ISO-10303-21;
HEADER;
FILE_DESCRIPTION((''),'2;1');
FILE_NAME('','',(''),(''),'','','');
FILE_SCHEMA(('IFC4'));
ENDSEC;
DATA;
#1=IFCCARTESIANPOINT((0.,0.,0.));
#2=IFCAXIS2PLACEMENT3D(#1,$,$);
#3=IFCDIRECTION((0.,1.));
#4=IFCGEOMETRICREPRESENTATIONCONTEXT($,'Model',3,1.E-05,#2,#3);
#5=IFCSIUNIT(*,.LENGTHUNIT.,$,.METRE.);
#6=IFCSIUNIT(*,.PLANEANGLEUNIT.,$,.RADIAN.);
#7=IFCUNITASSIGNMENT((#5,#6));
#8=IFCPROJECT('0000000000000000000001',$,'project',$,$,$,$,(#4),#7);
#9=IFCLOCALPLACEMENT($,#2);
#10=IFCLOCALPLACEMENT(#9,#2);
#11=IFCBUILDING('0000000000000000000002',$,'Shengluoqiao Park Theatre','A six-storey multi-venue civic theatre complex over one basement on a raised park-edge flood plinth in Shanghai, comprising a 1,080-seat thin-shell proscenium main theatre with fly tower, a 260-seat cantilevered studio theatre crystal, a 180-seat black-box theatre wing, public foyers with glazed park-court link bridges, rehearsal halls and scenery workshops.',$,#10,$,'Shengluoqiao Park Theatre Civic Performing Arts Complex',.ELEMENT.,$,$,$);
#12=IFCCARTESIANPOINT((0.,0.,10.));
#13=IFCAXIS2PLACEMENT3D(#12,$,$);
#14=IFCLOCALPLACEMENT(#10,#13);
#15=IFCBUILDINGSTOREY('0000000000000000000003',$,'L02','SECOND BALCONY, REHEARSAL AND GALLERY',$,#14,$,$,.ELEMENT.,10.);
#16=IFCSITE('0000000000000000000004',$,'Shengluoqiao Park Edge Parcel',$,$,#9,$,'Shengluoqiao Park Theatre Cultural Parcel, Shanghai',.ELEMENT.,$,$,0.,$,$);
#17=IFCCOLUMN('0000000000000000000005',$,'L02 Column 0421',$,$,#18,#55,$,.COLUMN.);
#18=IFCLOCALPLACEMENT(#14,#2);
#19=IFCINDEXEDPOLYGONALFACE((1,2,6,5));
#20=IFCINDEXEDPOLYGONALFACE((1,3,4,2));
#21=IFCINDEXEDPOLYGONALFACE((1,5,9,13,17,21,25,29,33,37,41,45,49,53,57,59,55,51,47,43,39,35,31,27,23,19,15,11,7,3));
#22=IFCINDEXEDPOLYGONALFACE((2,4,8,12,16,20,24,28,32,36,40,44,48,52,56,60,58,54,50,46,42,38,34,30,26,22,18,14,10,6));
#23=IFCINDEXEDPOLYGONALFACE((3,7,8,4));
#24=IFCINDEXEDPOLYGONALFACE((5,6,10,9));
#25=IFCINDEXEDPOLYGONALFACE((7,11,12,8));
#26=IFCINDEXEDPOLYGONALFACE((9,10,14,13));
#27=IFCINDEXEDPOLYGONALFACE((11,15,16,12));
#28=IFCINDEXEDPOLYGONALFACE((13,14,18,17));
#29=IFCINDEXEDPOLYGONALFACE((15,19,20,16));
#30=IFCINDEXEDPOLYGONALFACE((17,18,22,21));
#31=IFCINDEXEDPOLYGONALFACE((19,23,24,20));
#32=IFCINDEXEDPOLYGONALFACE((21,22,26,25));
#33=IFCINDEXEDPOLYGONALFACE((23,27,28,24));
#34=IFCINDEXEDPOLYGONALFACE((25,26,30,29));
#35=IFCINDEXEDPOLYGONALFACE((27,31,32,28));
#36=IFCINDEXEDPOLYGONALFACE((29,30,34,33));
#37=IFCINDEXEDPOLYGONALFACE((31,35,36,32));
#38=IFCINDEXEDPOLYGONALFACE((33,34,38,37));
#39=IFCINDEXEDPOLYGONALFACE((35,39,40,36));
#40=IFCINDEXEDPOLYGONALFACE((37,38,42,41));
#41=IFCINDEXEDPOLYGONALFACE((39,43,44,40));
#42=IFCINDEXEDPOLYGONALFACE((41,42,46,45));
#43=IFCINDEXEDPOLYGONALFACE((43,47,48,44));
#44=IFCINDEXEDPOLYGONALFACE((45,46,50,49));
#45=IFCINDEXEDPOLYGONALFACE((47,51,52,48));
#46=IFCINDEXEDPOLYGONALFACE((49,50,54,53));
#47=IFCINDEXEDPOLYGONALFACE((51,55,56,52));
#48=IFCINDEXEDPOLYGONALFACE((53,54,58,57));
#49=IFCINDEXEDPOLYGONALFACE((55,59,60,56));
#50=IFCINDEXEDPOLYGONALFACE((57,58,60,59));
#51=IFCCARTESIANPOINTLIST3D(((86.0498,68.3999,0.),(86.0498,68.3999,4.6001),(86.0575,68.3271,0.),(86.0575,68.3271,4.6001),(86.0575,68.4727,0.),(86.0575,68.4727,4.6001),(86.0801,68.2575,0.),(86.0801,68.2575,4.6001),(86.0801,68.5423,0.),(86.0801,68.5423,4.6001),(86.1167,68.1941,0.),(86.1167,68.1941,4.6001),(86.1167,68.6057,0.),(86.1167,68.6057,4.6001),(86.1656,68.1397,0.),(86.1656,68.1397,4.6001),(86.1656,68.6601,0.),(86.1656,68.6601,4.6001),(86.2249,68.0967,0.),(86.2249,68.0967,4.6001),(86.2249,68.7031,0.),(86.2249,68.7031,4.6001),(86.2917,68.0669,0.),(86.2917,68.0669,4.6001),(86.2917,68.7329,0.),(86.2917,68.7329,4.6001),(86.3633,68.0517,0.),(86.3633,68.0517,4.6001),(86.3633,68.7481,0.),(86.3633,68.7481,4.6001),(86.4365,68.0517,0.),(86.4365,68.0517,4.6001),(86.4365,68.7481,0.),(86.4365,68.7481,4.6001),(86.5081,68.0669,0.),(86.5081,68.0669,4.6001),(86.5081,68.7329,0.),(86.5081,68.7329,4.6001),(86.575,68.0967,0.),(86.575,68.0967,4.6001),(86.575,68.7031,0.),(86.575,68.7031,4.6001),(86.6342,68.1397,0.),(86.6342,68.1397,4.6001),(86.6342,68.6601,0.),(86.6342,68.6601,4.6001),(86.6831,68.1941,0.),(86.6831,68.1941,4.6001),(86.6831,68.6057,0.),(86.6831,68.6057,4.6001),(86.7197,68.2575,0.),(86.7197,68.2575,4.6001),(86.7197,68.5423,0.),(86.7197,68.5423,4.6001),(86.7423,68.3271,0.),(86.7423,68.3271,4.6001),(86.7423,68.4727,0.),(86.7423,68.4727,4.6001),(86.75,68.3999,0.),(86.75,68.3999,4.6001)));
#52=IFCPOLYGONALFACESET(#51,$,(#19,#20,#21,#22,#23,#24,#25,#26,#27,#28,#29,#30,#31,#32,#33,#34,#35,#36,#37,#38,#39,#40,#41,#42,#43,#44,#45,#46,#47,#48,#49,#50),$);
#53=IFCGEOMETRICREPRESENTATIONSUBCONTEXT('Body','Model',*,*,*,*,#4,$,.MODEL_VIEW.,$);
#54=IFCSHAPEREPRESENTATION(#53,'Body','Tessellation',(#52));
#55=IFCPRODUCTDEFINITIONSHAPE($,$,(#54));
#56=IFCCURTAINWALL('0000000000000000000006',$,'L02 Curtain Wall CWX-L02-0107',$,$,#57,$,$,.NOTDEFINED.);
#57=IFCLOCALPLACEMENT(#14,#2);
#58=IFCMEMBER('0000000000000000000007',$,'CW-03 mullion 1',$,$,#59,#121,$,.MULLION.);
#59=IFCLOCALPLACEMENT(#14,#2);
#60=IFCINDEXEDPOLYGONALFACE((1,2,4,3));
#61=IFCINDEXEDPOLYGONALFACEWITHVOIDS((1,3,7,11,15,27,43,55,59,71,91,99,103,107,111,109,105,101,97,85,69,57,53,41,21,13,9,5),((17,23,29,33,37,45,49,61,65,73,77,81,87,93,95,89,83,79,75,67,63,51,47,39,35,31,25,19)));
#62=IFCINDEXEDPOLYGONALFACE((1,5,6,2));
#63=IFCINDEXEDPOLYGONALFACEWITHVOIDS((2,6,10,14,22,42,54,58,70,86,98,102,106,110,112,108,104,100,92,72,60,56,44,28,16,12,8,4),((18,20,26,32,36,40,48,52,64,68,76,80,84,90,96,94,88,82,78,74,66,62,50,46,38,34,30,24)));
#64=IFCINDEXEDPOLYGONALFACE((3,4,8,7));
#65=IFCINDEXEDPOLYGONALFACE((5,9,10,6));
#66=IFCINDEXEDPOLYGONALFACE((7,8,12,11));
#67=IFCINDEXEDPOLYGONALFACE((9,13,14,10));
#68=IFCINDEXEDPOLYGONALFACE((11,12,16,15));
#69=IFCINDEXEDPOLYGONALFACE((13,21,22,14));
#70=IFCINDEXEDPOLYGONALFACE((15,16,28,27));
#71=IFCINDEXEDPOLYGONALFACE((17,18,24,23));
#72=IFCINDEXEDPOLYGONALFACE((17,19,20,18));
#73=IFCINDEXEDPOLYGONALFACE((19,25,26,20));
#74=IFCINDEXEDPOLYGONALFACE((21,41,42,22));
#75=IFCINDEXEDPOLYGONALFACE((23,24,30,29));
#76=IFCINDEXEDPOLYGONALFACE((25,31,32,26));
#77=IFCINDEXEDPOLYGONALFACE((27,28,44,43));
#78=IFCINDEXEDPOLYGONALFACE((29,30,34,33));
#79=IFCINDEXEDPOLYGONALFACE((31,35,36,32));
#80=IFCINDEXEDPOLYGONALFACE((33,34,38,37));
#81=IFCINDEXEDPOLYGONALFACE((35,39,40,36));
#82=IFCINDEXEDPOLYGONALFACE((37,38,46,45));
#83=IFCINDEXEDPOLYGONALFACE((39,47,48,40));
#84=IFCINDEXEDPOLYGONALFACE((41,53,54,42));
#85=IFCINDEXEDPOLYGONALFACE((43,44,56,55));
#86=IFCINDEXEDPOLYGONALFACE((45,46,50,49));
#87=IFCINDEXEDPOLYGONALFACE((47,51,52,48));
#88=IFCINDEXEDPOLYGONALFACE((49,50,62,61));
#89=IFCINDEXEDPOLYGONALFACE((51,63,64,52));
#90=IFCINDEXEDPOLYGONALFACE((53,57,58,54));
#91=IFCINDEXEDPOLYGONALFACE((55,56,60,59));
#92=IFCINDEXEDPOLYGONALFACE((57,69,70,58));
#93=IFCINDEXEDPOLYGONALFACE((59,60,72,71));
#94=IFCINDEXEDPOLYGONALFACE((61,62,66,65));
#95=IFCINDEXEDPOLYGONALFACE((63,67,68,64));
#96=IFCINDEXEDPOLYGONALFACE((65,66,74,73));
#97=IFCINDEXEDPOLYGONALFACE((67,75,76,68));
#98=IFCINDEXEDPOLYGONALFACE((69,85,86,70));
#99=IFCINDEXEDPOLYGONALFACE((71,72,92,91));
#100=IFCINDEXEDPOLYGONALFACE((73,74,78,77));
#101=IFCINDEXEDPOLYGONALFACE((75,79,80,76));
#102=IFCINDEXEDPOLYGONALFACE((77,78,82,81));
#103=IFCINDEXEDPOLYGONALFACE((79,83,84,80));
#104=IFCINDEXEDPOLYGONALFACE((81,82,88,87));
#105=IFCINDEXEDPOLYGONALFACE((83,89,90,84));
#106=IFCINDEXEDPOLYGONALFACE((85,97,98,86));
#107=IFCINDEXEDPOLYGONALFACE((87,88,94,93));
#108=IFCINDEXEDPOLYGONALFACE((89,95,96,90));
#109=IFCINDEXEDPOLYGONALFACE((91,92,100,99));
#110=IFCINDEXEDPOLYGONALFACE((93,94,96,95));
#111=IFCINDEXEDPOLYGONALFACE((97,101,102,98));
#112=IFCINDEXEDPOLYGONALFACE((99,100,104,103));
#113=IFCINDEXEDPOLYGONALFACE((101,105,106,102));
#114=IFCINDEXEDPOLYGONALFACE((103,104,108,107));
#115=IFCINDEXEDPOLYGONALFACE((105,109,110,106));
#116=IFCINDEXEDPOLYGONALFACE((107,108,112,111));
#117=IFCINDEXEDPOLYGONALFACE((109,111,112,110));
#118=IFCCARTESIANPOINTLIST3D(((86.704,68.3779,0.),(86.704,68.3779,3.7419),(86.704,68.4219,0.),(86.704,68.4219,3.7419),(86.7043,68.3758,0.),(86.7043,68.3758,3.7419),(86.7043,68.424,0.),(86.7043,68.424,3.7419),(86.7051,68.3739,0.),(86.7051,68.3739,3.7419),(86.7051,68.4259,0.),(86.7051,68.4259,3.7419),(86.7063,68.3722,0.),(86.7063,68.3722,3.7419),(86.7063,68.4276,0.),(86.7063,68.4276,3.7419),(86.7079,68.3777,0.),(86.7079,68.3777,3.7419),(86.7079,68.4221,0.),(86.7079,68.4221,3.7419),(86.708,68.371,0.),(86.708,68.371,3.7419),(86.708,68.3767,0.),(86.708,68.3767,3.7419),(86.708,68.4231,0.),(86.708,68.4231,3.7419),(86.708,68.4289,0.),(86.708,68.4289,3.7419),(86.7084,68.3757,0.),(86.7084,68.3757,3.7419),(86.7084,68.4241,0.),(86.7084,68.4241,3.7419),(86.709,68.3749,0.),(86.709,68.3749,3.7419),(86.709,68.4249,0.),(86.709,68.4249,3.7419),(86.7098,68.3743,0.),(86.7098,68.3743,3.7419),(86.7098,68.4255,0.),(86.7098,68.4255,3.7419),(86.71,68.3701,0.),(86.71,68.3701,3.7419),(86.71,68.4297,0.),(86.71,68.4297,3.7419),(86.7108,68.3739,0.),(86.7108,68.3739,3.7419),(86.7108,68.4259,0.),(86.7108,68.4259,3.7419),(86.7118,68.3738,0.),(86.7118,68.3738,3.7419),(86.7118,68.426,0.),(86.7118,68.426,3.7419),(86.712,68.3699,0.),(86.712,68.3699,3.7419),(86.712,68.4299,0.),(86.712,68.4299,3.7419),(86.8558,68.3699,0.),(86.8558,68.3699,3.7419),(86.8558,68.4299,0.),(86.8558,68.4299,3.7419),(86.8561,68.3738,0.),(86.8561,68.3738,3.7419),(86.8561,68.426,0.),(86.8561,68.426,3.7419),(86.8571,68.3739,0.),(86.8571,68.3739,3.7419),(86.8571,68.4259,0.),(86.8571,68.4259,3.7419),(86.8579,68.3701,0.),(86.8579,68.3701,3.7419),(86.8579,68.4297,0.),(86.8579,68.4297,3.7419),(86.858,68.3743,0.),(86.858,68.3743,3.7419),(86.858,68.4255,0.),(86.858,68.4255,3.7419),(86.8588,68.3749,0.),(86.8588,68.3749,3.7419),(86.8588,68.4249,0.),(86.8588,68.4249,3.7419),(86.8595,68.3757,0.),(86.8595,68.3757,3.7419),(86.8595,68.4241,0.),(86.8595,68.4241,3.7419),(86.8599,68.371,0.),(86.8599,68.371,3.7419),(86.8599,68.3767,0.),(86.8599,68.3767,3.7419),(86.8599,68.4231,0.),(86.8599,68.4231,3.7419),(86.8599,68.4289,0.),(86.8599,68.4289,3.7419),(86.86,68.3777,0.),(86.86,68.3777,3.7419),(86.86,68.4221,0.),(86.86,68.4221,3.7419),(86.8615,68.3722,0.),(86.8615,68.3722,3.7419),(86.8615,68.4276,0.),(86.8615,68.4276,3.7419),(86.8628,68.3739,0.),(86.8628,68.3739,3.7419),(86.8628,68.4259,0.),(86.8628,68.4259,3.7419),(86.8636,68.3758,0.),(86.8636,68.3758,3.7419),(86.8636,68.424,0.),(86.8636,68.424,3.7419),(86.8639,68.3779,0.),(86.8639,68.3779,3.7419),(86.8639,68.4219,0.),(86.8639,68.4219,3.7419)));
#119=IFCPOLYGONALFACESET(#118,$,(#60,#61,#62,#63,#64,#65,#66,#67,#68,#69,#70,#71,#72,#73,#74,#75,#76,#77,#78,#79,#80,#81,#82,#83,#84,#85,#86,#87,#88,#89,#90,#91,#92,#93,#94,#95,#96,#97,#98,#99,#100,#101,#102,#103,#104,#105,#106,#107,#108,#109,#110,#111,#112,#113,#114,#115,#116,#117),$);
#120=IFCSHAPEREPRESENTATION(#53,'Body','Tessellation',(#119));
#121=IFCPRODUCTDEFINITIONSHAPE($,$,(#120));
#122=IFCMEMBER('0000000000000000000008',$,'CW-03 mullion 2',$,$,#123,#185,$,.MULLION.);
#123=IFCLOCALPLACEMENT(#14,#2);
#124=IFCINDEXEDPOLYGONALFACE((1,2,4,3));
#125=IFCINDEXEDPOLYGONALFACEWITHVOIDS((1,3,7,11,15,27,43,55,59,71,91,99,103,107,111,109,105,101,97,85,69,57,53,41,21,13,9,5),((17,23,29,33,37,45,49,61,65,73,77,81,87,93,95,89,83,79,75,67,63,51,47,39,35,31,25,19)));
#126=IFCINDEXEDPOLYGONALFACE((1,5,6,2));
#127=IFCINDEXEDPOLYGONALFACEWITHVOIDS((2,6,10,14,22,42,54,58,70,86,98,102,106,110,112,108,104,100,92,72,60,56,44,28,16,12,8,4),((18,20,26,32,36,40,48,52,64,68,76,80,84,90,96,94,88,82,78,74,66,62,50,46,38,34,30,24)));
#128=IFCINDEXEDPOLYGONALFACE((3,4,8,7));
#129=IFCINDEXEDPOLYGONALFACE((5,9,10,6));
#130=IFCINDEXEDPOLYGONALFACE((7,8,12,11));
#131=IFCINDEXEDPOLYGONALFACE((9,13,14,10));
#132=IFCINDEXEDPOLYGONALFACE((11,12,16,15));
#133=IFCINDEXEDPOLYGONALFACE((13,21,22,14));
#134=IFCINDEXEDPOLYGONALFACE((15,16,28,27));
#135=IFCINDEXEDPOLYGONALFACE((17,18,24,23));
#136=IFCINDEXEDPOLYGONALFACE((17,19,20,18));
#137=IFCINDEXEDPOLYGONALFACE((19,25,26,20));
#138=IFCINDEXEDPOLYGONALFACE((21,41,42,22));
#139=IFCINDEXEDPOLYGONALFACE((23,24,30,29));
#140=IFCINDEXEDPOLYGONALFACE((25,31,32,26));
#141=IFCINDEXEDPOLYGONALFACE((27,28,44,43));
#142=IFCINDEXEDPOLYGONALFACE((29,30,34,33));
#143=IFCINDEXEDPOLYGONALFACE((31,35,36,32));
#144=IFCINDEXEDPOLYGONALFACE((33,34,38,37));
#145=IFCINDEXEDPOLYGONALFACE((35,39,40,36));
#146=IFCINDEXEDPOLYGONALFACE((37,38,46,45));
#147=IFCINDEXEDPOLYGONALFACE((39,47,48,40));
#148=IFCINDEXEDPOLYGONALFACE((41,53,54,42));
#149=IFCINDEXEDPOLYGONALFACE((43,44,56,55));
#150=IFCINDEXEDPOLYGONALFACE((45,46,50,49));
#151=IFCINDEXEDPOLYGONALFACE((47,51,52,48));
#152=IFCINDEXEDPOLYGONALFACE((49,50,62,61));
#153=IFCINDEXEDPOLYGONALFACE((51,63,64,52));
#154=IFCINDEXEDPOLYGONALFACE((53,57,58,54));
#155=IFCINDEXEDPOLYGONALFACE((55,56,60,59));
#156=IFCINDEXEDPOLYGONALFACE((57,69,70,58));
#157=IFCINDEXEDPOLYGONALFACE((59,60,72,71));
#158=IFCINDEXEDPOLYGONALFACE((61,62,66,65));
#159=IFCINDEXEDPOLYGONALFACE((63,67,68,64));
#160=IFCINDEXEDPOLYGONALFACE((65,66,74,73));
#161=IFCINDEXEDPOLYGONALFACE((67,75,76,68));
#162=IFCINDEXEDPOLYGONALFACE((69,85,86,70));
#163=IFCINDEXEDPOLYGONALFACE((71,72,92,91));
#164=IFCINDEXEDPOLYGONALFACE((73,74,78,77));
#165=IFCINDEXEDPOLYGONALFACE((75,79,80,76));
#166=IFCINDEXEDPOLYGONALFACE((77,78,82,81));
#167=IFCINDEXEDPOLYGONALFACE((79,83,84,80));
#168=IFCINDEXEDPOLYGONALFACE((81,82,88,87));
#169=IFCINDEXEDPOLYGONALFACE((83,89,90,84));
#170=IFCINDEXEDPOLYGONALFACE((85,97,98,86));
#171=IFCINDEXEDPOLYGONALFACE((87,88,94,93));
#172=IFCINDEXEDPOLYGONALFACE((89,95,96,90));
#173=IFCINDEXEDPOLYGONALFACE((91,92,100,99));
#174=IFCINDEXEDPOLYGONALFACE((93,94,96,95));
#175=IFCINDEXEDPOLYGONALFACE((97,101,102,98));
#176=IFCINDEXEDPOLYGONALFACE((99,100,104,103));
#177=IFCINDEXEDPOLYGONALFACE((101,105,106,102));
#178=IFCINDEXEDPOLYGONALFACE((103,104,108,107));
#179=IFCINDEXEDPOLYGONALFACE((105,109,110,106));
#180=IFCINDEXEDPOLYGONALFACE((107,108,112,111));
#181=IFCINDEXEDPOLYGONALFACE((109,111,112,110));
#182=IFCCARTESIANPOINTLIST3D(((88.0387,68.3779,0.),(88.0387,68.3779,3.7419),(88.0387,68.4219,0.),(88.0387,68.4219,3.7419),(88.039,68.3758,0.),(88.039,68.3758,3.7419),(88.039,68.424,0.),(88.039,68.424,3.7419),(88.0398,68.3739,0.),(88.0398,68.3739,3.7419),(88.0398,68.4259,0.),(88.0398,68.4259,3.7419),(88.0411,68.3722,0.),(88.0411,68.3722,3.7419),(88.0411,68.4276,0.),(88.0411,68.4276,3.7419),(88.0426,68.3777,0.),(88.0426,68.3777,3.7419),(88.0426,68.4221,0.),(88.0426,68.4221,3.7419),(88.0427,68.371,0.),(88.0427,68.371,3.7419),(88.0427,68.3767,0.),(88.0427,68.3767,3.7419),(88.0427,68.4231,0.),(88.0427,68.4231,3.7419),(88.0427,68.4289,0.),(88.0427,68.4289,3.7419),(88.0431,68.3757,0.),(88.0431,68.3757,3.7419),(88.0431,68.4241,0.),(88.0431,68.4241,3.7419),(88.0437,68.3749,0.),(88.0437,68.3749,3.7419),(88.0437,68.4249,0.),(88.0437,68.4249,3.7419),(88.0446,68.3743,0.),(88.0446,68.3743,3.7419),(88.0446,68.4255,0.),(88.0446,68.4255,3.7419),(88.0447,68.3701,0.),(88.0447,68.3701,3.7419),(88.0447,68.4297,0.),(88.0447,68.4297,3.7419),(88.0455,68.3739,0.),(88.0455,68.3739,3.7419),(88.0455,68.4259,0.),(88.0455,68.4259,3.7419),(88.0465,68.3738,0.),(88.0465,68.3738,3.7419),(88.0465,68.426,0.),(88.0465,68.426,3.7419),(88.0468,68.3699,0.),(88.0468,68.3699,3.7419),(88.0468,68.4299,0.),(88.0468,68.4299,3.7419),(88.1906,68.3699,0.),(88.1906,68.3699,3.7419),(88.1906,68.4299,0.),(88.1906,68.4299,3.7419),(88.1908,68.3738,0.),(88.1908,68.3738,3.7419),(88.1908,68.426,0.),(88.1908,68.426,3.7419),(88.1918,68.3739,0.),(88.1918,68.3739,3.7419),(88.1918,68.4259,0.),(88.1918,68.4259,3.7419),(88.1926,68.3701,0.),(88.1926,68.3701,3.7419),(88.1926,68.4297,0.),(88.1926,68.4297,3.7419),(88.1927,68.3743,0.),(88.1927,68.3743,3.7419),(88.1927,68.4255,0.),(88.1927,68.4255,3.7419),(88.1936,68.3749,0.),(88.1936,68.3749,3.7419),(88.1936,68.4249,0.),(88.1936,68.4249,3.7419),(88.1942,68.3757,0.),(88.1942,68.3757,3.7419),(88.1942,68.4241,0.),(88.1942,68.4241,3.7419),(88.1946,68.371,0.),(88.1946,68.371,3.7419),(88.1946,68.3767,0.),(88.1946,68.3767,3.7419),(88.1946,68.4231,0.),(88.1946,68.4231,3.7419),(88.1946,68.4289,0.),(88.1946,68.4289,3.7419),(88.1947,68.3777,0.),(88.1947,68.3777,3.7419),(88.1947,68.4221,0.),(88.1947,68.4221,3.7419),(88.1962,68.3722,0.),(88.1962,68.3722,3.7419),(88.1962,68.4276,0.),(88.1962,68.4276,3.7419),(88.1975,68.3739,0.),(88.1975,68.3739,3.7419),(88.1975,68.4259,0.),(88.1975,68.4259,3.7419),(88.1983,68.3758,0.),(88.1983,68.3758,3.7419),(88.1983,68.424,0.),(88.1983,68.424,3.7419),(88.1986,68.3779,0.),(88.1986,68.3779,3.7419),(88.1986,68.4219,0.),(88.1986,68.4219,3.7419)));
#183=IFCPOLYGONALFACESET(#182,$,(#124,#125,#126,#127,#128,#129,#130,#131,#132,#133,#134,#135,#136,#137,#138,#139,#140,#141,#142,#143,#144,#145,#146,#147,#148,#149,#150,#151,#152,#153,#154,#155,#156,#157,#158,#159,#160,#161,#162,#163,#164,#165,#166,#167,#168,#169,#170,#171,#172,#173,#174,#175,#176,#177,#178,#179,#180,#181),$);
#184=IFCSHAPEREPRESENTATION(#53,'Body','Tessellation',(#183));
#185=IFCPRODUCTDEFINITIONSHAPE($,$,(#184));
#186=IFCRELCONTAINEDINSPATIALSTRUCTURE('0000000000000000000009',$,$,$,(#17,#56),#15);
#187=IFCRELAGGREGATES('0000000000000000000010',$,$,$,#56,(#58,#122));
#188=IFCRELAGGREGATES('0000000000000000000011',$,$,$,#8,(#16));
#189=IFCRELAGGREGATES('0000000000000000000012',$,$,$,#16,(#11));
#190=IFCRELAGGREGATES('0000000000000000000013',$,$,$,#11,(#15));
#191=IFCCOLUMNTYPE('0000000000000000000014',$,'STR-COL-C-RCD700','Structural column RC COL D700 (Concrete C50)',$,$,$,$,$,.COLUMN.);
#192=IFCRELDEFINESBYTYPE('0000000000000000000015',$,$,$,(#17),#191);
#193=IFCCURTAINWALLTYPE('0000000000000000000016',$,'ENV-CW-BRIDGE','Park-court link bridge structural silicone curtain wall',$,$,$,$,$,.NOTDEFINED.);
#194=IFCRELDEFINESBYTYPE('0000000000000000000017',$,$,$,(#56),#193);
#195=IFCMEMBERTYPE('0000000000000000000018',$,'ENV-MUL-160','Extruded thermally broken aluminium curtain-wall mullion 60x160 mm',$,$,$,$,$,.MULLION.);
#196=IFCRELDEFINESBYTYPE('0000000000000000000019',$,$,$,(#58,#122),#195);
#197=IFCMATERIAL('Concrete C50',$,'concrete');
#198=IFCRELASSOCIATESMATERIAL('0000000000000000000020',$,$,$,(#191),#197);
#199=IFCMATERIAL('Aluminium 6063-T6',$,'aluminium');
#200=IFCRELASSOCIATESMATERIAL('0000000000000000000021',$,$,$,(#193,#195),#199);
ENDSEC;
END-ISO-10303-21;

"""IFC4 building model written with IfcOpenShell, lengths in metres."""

from ifc_helpers import new_model, si_unit, direction, frame, origin, origin_2d, place, context, subcontext, project, spatial, hollow_rectangle, circle, extrude, material, material_profile, profile_set, type_object, element, aggregate, save


model = new_model("IFC4")

# Units and contexts
model_context = context("Model", 3, precision=1e-05, world=origin(), true_north=direction((0.0, 1.0)))
body_context = subcontext(model_context, "Body", "Model", "MODEL_VIEW")
ifc_project = project(units=[si_unit("LENGTHUNIT", "METRE"), si_unit("PLANEANGLEUNIT", "RADIAN")], contexts=[model_context])

# Site, building, storey
site_placement = place(None, origin())
site = spatial("IfcSite", under=ifc_project, at=site_placement, Name="Shengluoqiao Park Edge Parcel", LongName="Shengluoqiao Park Theatre Cultural Parcel, Shanghai", CompositionType="ELEMENT", RefElevation=0.0)
building_placement = place(site_placement, origin())
building = spatial("IfcBuilding", under=site, at=building_placement, Name="Shengluoqiao Park Theatre", Description="A six-storey multi-venue civic theatre complex over one basement on a raised park-edge flood plinth in Shanghai, comprising a 1,080-seat thin-shell proscenium main theatre with fly tower, a 260-seat cantilevered studio theatre crystal, a 180-seat black-box theatre wing, public foyers with glazed park-court link bridges, rehearsal halls and scenery workshops.", LongName="Shengluoqiao Park Theatre Civic Performing Arts Complex", CompositionType="ELEMENT")
storey_placement = place(building_placement, frame((0.0, 0.0, 10.0)))
storey = spatial("IfcBuildingStorey", under=building, at=storey_placement, Name="L02", Description="SECOND BALCONY, REHEARSAL AND GALLERY", CompositionType="ELEMENT", Elevation=10.0)

# Column
ifc_material_1 = material(Name="Concrete C50", Category="concrete")
ifc_material_profile_1 = material_profile(ifc_material_1, circle(Radius=0.3501, at=origin_2d()), Name="RC COL D700")
ifc_profile_set_1 = profile_set([ifc_material_profile_1], Name="Concrete C50")
column_type = type_object("IfcColumnType", Name="STR-COL-C-RCD700", Description="Structural column RC COL D700 (Concrete C50)", PredefinedType="COLUMN", material=ifc_profile_set_1)
column_placement = place(storey_placement, frame((86.3999, 68.3999, 0.0), z_axis=(0.0, 0.0, 1.0), x_axis=(1.0, 0.0, 0.0)))
element("IfcColumn", 1, at=column_placement, inside=storey, type_object=column_type, Name="L02 Column 0421", PredefinedType="COLUMN", context=body_context, shape_type="SweptSolid", body=[
    extrude(circle(Radius=0.3501, at=origin_2d()), origin(), (0.0, 0.0, 1.0), 4.6001),
])

# Curtain wall, members
ifc_material_2 = material(Name="Aluminium 6063-T6", Category="aluminium")
curtain_wall_type_1 = type_object("IfcCurtainWallType", Name="ENV-CW-BRIDGE", Description="Park-court link bridge structural silicone curtain wall", PredefinedType="NOTDEFINED", material=ifc_material_2)
curtain_wall_1_placement = place(storey_placement, origin())
curtain_wall_1 = element("IfcCurtainWall", 2, at=curtain_wall_1_placement, inside=storey, type_object=curtain_wall_type_1, Name="L02 Curtain Wall CWX-L02-0107", PredefinedType="NOTDEFINED")
ifc_material_profile_2 = material_profile(ifc_material_2, hollow_rectangle(XDim=0.0601, YDim=0.1599, WallThickness=0.0039, InnerFilletRadius=0.0039, OuterFilletRadius=0.0081, at=origin_2d()), Name="ALU MULLION 160x60x4")
ifc_profile_set_2 = profile_set([ifc_material_profile_2], Name="Aluminium 6063-T6")
member_type_1 = type_object("IfcMemberType", Name="ENV-MUL-160", Description="Extruded thermally broken aluminium curtain-wall mullion 60x160 mm", PredefinedType="MULLION", material=ifc_profile_set_2)
member_1_placement = place(storey_placement, frame((86.7839, 68.3999, 0.0), z_axis=(0.0, 0.0, 1.0), x_axis=(0.0, 1.0, 0.0)))
member_1 = element("IfcMember", 3, at=member_1_placement, type_object=member_type_1, Name="CW-03 mullion 1", PredefinedType="MULLION", context=body_context, shape_type="SweptSolid", body=[
    extrude(hollow_rectangle(XDim=0.0601, YDim=0.1599, WallThickness=0.0039, InnerFilletRadius=0.0039, OuterFilletRadius=0.0081, at=origin_2d()), origin(), (0.0, 0.0, 1.0), 3.7419),
])
member_2_placement = place(storey_placement, frame((88.1187, 68.3999, 0.0), z_axis=(0.0, 0.0, 1.0), x_axis=(0.0, 1.0, 0.0)))
member_2 = element("IfcMember", 4, at=member_2_placement, type_object=member_type_1, Name="CW-03 mullion 2", PredefinedType="MULLION", context=body_context, shape_type="SweptSolid", body=[
    extrude(hollow_rectangle(XDim=0.0601, YDim=0.1599, WallThickness=0.0039, InnerFilletRadius=0.0039, OuterFilletRadius=0.0081, at=origin_2d()), origin(), (0.0, 0.0, 1.0), 3.7419),
])

aggregate(curtain_wall_1, [member_1, member_2])

save(model, "model.ifc")
